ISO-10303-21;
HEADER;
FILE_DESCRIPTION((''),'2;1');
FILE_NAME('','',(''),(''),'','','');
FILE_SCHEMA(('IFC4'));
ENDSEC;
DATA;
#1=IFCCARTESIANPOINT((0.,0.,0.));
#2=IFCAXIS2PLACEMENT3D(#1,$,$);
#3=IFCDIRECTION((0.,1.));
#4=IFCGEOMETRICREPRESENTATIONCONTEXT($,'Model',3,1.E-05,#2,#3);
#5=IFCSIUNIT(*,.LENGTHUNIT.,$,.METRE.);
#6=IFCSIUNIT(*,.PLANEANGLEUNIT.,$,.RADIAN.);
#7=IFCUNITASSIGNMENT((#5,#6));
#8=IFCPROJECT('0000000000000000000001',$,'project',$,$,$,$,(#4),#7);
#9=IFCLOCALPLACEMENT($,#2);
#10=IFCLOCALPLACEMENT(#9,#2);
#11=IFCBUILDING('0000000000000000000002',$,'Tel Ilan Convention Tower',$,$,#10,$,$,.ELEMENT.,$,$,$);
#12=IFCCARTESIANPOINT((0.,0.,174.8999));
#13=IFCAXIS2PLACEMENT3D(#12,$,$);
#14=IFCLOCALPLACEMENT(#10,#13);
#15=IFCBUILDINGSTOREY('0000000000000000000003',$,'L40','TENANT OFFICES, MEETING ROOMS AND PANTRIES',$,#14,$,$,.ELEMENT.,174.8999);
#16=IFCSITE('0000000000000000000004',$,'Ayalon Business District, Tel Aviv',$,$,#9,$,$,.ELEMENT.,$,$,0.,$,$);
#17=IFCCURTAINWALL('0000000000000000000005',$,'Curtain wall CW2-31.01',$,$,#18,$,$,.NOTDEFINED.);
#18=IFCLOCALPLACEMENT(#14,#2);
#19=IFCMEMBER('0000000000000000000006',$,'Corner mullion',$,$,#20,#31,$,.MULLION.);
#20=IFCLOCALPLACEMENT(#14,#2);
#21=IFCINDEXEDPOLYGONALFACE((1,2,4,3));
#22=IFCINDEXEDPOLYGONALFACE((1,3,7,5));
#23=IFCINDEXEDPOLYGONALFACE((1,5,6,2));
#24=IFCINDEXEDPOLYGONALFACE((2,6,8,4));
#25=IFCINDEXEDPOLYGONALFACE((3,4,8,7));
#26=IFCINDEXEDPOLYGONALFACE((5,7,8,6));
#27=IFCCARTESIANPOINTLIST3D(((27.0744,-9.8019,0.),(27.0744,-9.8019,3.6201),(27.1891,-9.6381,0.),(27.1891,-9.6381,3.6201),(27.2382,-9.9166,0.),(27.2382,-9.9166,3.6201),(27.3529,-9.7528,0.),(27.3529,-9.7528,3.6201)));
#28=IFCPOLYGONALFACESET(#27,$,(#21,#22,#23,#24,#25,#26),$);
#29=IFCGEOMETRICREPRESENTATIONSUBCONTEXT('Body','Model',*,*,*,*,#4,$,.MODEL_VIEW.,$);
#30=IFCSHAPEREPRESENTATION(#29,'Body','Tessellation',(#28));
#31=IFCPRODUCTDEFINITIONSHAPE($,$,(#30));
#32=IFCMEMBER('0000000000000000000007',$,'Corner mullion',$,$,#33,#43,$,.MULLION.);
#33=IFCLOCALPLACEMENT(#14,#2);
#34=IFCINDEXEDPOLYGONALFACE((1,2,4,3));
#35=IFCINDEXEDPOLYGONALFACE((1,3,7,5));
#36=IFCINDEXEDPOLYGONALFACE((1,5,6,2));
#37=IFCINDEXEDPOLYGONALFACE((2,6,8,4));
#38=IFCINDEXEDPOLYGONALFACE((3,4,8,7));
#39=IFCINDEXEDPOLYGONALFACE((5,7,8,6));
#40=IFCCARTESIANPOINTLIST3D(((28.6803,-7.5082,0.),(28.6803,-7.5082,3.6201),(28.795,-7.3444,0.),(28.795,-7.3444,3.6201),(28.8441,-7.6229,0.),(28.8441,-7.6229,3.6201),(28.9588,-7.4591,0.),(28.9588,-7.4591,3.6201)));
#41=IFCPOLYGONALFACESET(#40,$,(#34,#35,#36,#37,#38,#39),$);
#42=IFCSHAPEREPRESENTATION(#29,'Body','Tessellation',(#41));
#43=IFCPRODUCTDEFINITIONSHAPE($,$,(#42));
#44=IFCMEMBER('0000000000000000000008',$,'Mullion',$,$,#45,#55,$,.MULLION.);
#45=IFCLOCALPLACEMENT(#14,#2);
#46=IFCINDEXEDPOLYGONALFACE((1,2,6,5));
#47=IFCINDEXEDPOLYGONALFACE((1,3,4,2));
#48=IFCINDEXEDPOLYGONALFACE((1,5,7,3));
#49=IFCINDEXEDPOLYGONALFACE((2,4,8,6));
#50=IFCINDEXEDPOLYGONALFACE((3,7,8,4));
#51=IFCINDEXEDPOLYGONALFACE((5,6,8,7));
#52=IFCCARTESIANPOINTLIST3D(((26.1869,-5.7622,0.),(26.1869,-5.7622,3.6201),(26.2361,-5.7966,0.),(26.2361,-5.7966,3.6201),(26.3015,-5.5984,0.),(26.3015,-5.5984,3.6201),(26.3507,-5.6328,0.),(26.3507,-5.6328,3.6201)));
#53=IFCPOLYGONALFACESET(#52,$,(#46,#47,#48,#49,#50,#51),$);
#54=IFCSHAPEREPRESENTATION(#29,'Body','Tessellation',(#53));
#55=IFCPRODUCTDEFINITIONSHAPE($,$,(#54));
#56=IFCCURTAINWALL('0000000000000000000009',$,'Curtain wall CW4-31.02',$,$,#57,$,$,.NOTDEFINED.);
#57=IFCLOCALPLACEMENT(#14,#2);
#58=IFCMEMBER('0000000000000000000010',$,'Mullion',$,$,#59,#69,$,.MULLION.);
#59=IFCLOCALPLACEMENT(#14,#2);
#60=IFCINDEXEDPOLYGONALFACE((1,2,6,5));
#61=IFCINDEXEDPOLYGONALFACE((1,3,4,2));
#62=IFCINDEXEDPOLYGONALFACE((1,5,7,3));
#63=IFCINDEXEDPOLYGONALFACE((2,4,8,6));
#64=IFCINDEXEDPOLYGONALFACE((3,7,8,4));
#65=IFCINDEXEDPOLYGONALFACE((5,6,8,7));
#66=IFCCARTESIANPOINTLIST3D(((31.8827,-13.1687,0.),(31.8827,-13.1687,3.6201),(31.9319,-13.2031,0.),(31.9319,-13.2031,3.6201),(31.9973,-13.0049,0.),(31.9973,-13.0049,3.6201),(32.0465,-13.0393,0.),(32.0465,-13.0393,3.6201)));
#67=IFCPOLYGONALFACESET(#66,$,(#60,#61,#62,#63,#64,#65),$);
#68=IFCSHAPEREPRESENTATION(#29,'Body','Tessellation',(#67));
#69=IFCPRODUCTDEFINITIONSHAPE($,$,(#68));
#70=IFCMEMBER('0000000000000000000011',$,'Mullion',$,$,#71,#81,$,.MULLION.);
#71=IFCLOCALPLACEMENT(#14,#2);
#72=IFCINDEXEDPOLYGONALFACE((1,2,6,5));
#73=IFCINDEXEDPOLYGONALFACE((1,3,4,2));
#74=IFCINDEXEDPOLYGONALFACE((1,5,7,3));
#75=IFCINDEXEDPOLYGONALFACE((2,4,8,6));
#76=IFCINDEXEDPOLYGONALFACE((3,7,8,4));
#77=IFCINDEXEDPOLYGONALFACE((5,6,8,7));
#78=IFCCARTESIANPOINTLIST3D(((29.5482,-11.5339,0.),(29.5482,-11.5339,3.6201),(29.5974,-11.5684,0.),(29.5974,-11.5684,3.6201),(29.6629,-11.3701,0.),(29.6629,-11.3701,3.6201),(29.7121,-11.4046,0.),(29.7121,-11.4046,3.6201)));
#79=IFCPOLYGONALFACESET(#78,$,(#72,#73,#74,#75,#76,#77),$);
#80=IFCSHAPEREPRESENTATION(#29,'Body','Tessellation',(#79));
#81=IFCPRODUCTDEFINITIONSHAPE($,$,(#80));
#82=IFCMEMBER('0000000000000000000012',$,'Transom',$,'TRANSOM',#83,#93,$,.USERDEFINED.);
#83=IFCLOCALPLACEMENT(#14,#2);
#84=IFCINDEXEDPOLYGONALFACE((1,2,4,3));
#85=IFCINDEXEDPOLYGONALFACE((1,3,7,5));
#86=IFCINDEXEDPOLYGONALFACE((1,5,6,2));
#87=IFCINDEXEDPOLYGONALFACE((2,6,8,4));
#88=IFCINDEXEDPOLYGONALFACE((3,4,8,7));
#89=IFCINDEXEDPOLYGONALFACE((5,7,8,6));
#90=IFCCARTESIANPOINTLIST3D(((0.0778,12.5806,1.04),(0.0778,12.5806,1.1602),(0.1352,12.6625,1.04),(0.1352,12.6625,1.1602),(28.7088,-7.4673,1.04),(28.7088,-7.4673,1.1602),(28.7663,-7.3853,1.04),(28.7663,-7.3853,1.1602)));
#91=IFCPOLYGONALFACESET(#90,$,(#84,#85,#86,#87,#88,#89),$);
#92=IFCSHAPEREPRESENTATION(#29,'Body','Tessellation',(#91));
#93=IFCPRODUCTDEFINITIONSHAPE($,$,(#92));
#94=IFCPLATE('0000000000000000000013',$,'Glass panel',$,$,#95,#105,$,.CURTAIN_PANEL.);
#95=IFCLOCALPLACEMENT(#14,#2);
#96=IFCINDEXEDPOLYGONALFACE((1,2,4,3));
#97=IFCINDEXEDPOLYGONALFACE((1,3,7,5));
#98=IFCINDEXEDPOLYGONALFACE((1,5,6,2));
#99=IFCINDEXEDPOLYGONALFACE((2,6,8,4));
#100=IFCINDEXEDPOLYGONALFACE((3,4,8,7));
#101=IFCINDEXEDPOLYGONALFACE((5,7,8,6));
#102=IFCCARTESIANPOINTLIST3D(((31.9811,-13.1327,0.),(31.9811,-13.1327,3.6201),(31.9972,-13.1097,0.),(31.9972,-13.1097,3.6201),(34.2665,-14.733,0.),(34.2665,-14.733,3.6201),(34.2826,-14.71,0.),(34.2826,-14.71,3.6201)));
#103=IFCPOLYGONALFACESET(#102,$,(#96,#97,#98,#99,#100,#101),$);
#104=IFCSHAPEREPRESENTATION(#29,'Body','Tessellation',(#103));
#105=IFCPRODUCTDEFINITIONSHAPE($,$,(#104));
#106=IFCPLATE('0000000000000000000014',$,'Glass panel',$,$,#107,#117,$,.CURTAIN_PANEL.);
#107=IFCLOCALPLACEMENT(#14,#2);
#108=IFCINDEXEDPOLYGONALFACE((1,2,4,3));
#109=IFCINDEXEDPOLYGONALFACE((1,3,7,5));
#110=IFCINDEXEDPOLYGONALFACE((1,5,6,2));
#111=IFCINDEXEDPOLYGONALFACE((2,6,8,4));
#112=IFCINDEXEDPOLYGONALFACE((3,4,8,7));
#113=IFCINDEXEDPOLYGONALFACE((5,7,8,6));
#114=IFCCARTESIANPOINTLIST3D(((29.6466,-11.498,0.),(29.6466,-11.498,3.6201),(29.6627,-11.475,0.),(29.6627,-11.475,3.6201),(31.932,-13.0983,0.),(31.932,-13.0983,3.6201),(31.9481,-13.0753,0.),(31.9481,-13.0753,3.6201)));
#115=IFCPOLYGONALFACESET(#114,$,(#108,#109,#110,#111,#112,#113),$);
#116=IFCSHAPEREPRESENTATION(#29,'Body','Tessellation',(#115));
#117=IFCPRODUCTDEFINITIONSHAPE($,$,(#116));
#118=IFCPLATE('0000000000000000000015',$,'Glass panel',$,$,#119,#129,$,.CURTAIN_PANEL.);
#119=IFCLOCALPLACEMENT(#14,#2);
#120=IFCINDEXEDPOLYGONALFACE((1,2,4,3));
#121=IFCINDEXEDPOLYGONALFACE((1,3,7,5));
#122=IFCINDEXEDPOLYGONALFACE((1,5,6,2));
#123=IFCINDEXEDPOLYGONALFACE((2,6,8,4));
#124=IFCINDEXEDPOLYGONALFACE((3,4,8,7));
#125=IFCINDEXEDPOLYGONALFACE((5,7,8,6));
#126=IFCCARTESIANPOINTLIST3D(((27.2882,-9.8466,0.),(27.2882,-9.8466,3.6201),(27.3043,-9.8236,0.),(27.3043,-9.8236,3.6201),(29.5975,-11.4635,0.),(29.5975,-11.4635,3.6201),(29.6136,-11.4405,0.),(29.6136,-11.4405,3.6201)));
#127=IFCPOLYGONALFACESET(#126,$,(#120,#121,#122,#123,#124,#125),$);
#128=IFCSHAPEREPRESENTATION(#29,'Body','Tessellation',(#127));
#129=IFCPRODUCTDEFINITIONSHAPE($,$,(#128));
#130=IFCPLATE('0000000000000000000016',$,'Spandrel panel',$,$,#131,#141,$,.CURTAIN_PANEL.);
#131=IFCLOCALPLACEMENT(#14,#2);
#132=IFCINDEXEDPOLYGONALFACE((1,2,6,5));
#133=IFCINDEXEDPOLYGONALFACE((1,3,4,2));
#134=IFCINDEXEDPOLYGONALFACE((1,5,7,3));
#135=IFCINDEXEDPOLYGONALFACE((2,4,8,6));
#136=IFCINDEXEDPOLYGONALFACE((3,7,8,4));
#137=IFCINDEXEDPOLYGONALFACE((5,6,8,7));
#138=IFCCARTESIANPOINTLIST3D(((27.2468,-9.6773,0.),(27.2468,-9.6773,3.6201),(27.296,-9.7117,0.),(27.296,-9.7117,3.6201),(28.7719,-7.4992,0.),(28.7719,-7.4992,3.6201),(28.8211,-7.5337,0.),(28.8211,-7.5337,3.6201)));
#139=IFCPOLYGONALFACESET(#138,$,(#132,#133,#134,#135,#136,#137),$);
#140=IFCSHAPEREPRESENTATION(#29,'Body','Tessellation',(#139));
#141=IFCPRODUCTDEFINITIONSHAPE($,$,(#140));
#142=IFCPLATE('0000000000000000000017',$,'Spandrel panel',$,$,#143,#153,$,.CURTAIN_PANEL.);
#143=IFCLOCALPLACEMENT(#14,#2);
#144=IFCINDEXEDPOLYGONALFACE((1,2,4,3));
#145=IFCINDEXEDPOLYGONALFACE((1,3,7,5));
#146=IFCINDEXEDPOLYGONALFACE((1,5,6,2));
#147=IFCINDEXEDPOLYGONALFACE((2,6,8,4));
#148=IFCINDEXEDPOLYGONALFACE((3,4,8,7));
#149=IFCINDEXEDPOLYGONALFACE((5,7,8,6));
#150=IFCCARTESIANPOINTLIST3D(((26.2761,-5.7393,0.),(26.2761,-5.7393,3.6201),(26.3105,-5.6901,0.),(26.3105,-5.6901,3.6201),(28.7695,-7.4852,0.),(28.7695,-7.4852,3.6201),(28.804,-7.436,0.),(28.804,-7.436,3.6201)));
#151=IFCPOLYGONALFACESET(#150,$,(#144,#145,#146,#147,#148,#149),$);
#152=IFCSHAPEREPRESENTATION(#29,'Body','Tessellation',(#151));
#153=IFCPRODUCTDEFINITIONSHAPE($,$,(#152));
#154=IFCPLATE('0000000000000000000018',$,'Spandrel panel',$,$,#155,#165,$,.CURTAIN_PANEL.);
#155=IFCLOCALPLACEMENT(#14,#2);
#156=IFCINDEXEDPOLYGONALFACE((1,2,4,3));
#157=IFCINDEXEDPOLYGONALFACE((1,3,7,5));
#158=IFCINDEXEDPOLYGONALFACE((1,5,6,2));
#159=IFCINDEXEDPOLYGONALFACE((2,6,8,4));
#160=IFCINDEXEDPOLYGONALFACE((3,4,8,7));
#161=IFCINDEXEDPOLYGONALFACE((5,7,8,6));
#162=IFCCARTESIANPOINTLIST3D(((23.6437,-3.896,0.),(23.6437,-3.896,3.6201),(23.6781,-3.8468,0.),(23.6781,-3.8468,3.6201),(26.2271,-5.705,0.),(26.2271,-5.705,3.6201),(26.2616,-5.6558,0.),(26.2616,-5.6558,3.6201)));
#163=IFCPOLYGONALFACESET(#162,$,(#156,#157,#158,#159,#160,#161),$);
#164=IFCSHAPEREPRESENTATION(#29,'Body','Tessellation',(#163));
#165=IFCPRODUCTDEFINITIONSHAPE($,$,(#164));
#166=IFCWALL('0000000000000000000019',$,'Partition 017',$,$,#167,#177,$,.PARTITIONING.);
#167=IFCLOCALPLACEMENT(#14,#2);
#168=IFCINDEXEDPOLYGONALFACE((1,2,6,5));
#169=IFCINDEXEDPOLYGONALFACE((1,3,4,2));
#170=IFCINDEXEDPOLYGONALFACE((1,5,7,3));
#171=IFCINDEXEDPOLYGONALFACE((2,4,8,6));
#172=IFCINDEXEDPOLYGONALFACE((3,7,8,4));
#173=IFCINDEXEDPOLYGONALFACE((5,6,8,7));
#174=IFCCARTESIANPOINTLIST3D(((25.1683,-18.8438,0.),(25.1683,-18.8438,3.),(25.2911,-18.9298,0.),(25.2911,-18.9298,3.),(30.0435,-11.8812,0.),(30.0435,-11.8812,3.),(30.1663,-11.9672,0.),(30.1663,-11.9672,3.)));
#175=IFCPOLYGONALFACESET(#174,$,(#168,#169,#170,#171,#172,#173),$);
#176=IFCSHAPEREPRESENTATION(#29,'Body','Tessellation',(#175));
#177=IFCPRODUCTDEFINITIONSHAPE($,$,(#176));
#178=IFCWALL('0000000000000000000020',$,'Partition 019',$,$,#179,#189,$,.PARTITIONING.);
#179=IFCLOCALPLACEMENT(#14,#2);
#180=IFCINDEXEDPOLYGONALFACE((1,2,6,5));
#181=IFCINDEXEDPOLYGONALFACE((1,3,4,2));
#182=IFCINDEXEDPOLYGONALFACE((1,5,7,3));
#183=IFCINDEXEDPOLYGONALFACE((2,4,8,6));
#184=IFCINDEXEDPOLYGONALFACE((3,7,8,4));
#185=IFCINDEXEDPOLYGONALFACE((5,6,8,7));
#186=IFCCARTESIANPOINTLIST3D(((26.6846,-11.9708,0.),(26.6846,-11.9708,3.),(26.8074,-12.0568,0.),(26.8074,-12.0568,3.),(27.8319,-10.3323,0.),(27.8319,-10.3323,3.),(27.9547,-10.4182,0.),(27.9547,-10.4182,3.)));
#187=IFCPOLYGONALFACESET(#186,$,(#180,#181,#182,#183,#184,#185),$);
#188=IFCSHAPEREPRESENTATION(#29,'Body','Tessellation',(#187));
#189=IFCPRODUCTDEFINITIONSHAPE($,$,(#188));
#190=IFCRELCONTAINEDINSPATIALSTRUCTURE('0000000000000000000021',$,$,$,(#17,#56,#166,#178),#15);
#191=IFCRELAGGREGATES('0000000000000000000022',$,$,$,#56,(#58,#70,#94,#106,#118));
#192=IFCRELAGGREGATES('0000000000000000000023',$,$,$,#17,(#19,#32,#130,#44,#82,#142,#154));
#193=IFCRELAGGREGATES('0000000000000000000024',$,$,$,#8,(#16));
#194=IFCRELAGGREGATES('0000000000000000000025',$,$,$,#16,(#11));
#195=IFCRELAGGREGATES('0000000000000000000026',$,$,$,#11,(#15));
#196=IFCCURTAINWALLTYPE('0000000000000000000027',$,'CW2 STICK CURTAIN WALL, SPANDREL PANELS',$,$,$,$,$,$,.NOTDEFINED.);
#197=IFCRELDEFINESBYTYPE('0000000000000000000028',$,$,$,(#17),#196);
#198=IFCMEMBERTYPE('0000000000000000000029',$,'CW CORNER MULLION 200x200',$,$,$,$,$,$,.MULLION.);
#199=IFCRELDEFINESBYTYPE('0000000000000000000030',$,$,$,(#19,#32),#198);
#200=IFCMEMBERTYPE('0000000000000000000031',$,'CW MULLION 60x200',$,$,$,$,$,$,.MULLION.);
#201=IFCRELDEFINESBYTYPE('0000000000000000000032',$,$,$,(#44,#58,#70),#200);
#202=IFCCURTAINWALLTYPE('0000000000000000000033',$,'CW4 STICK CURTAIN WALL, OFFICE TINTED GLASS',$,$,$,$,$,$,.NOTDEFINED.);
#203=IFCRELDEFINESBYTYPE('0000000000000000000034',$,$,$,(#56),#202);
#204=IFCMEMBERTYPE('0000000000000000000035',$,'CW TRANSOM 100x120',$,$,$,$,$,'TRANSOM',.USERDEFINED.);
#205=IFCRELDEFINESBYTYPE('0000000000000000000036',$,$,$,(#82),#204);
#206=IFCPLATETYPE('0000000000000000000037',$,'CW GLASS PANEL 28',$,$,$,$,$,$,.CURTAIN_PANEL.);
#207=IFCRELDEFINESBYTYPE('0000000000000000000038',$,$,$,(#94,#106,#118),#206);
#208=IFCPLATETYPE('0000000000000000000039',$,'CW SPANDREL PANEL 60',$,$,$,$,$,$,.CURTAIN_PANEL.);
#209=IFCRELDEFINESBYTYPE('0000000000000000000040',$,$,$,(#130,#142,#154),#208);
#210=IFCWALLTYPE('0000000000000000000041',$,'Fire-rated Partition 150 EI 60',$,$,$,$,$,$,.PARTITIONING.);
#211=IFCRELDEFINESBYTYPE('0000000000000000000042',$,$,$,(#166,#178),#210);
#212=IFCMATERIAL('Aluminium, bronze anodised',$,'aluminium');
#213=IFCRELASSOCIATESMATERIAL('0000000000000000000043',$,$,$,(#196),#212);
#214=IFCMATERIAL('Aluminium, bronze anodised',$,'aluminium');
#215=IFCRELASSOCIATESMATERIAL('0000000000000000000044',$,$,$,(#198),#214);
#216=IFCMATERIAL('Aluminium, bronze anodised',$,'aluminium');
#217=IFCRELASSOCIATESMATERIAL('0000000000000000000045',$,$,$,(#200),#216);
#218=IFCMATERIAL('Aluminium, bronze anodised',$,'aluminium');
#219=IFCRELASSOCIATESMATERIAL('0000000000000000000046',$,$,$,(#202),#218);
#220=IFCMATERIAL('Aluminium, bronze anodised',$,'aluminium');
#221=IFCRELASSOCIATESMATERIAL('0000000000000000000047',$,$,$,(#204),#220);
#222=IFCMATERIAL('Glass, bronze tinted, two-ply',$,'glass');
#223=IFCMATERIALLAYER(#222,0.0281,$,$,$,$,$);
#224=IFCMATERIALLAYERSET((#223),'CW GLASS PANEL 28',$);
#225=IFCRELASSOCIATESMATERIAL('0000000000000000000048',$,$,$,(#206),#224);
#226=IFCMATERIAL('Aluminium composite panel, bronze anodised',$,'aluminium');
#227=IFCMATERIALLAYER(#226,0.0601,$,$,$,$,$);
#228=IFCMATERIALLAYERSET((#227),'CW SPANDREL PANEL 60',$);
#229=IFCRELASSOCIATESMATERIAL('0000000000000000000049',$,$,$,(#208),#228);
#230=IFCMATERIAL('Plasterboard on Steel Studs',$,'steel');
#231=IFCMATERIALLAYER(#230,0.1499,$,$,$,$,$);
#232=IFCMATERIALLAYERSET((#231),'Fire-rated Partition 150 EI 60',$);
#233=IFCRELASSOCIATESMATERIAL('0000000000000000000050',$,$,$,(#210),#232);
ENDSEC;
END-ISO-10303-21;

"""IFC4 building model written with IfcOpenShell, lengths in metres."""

from ifc_helpers import new_model, si_unit, direction, frame, frame_2d, origin, origin_2d, place, context, subcontext, project, spatial, rectangle, extrude, material, layer, layer_set, material_profile, profile_set, type_object, element, aggregate, save


model = new_model("IFC4")

# Units and contexts
model_context = context("Model", 3, precision=1e-05, world=origin(), true_north=direction((0.0, 1.0)))
body_context = subcontext(model_context, "Body", "Model", "MODEL_VIEW")
ifc_project = project(units=[si_unit("LENGTHUNIT", "METRE"), si_unit("PLANEANGLEUNIT", "RADIAN")], contexts=[model_context])

# Site, building, storey
site_placement = place(None, origin())
site = spatial("IfcSite", under=ifc_project, at=site_placement, Name="Ayalon Business District, Tel Aviv", CompositionType="ELEMENT", RefElevation=0.0)
building_placement = place(site_placement, origin())
building = spatial("IfcBuilding", under=site, at=building_placement, Name="Tel Ilan Convention Tower", CompositionType="ELEMENT")
storey_placement = place(building_placement, frame((0.0, 0.0, 174.8999)))
storey = spatial("IfcBuildingStorey", under=building, at=storey_placement, Name="L40", Description="TENANT OFFICES, MEETING ROOMS AND PANTRIES", CompositionType="ELEMENT", Elevation=174.8999)

# Curtain walls, members
ifc_material_1 = material(Name="Aluminium, bronze anodised", Category="aluminium")
curtain_wall_type_1 = type_object("IfcCurtainWallType", Name="CW2 STICK CURTAIN WALL, SPANDREL PANELS", PredefinedType="NOTDEFINED", material=ifc_material_1)
curtain_wall_1_placement = place(storey_placement, origin())
curtain_wall_1 = element("IfcCurtainWall", 1, at=curtain_wall_1_placement, inside=storey, type_object=curtain_wall_type_1, Name="Curtain wall CW2-31.01", PredefinedType="NOTDEFINED")
ifc_material_2 = material(Name="Aluminium, bronze anodised", Category="aluminium")
ifc_material_profile_1 = material_profile(ifc_material_2, rectangle(XDim=0.2, YDim=0.2, at=origin_2d()), Name="CW CORNER MULLION 200x200")
ifc_profile_set_1 = profile_set([ifc_material_profile_1], Name="Aluminium, bronze anodised")
member_type_1 = type_object("IfcMemberType", Name="CW CORNER MULLION 200x200", PredefinedType="MULLION", material=ifc_profile_set_1)
member_1_placement = place(storey_placement, frame((27.2136, -9.7773, 0.0), z_axis=(0.0, 0.0, 1.0), x_axis=(-0.819152, 0.573576, 0.0)))
member_1 = element("IfcMember", 2, at=member_1_placement, type_object=member_type_1, Name="Corner mullion", PredefinedType="MULLION", context=body_context, shape_type="SweptSolid", body=[
    extrude(rectangle(XDim=0.2, YDim=0.2, at=origin_2d()), origin(), (0.0, 0.0, 1.0), 3.6201),
])
member_2_placement = place(storey_placement, frame((28.8196, -7.4836, 0.0), z_axis=(0.0, 0.0, 1.0), x_axis=(0.573576, 0.819152, 0.0)))
member_2 = element("IfcMember", 3, at=member_2_placement, type_object=member_type_1, Name="Corner mullion", PredefinedType="MULLION", context=body_context, shape_type="SweptSolid", body=[
    extrude(rectangle(XDim=0.2, YDim=0.2, at=origin_2d()), origin(), (0.0, 0.0, 1.0), 3.6201),
])
ifc_material_3 = material(Name="Aluminium, bronze anodised", Category="aluminium")
ifc_material_profile_2 = material_profile(ifc_material_3, rectangle(XDim=0.0601, YDim=0.2, at=origin_2d()), Name="CW MULLION 60x200")
ifc_profile_set_2 = profile_set([ifc_material_profile_2], Name="Aluminium, bronze anodised")
member_type_2 = type_object("IfcMemberType", Name="CW MULLION 60x200", PredefinedType="MULLION", material=ifc_profile_set_2)
member_3_placement = place(storey_placement, frame((26.2688, -5.6975, 0.0), z_axis=(0.0, 0.0, 1.0), x_axis=(-0.819152, 0.573576, 0.0)))
member_3 = element("IfcMember", 4, at=member_3_placement, type_object=member_type_2, Name="Mullion", PredefinedType="MULLION", context=body_context, shape_type="SweptSolid", body=[
    extrude(rectangle(XDim=0.0601, YDim=0.2, at=origin_2d()), origin(), (0.0, 0.0, 1.0), 3.6201),
])
ifc_material_4 = material(Name="Aluminium, bronze anodised", Category="aluminium")
curtain_wall_type_2 = type_object("IfcCurtainWallType", Name="CW4 STICK CURTAIN WALL, OFFICE TINTED GLASS", PredefinedType="NOTDEFINED", material=ifc_material_4)
curtain_wall_2_placement = place(storey_placement, origin())
curtain_wall_2 = element("IfcCurtainWall", 5, at=curtain_wall_2_placement, inside=storey, type_object=curtain_wall_type_2, Name="Curtain wall CW4-31.02", PredefinedType="NOTDEFINED")
member_4_placement = place(storey_placement, frame((31.9646, -13.104, 0.0), z_axis=(0.0, 0.0, 1.0), x_axis=(-0.819152, 0.573576, 0.0)))
member_4 = element("IfcMember", 6, at=member_4_placement, type_object=member_type_2, Name="Mullion", PredefinedType="MULLION", context=body_context, shape_type="SweptSolid", body=[
    extrude(rectangle(XDim=0.0601, YDim=0.2, at=origin_2d()), origin(), (0.0, 0.0, 1.0), 3.6201),
])
member_5_placement = place(storey_placement, frame((29.6301, -11.4692, 0.0), z_axis=(0.0, 0.0, 1.0), x_axis=(-0.819152, 0.573576, 0.0)))
member_5 = element("IfcMember", 7, at=member_5_placement, type_object=member_type_2, Name="Mullion", PredefinedType="MULLION", context=body_context, shape_type="SweptSolid", body=[
    extrude(rectangle(XDim=0.0601, YDim=0.2, at=origin_2d()), origin(), (0.0, 0.0, 1.0), 3.6201),
])

# Member
ifc_material_5 = material(Name="Aluminium, bronze anodised", Category="aluminium")
ifc_material_profile_3 = material_profile(ifc_material_5, rectangle(XDim=0.1001, YDim=0.1201, at=origin_2d()), Name="CW TRANSOM 100x120")
ifc_profile_set_3 = profile_set([ifc_material_profile_3], Name="Aluminium, bronze anodised")
member_type_3 = type_object("IfcMemberType", Name="CW TRANSOM 100x120", ElementType="TRANSOM", PredefinedType="USERDEFINED", material=ifc_profile_set_3)
member_6_placement = place(storey_placement, frame((28.7375, -7.4263, 1.1001), z_axis=(-0.81915, 0.573579, 0.0), x_axis=(-0.573579, -0.81915, 0.0)))
member_6 = element("IfcMember", 8, at=member_6_placement, type_object=member_type_3, Name="Transom", ObjectType="TRANSOM", PredefinedType="USERDEFINED", context=body_context, shape_type="SweptSolid", body=[
    extrude(rectangle(XDim=0.1001, YDim=0.1201, at=origin_2d()), origin(), (0.0, 0.0, 1.0), 34.9521),
])

# Plates
ifc_material_6 = material(Name="Glass, bronze tinted, two-ply", Category="glass")
ifc_layer_1 = layer(ifc_material_6, 0.0281)
ifc_layer_set_1 = layer_set([ifc_layer_1], Name="CW GLASS PANEL 28")
plate_type_1 = type_object("IfcPlateType", Name="CW GLASS PANEL 28", PredefinedType="CURTAIN_PANEL", material=ifc_layer_set_1)
plate_1_placement = place(storey_placement, frame((33.1318, -13.9214, 0.0), z_axis=(0.0, 0.0, 1.0), x_axis=(-0.819152, 0.573576, 0.0)))
plate_1 = element("IfcPlate", 9, at=plate_1_placement, type_object=plate_type_1, Name="Glass panel", PredefinedType="CURTAIN_PANEL", context=body_context, shape_type="SweptSolid", body=[
    extrude(rectangle(XDim=2.79, YDim=0.0281, at=origin_2d()), origin(), (0.0, 0.0, 1.0), 3.6201),
])
plate_2_placement = place(storey_placement, frame((30.7974, -12.2866, 0.0), z_axis=(0.0, 0.0, 1.0), x_axis=(-0.819152, 0.573576, 0.0)))
plate_2 = element("IfcPlate", 10, at=plate_2_placement, type_object=plate_type_1, Name="Glass panel", PredefinedType="CURTAIN_PANEL", context=body_context, shape_type="SweptSolid", body=[
    extrude(rectangle(XDim=2.79, YDim=0.0281, at=origin_2d()), origin(), (0.0, 0.0, 1.0), 3.6201),
])
plate_3_placement = place(storey_placement, frame((28.4509, -10.6436, 0.0), z_axis=(0.0, 0.0, 1.0), x_axis=(-0.819152, 0.573576, 0.0)))
plate_3 = element("IfcPlate", 11, at=plate_3_placement, type_object=plate_type_1, Name="Glass panel", PredefinedType="CURTAIN_PANEL", context=body_context, shape_type="SweptSolid", body=[
    extrude(rectangle(XDim=2.8191, YDim=0.0281, at=origin_2d()), origin(), (0.0, 0.0, 1.0), 3.6201),
])
aggregate(curtain_wall_2, [member_4, member_5, plate_1, plate_2, plate_3])
ifc_material_7 = material(Name="Aluminium composite panel, bronze anodised", Category="aluminium")
ifc_layer_2 = layer(ifc_material_7, 0.0601)
ifc_layer_set_2 = layer_set([ifc_layer_2], Name="CW SPANDREL PANEL 60")
plate_type_2 = type_object("IfcPlateType", Name="CW SPANDREL PANEL 60", PredefinedType="CURTAIN_PANEL", material=ifc_layer_set_2)
plate_4_placement = place(storey_placement, frame((28.0339, -8.6055, 0.0), z_axis=(0.0, 0.0, 1.0), x_axis=(0.573576, 0.819152, 0.0)))
plate_4 = element("IfcPlate", 12, at=plate_4_placement, type_object=plate_type_2, Name="Spandrel panel", PredefinedType="CURTAIN_PANEL", context=body_context, shape_type="SweptSolid", body=[
    extrude(rectangle(XDim=2.6589, YDim=0.0601, at=origin_2d()), origin(), (0.0, 0.0, 1.0), 3.6201),
])
plate_5_placement = place(storey_placement, frame((27.54, -6.5876, 0.0), z_axis=(0.0, 0.0, 1.0), x_axis=(-0.819152, 0.573576, 0.0)))
plate_5 = element("IfcPlate", 13, at=plate_5_placement, type_object=plate_type_2, Name="Spandrel panel", PredefinedType="CURTAIN_PANEL", context=body_context, shape_type="SweptSolid", body=[
    extrude(rectangle(XDim=3.0439, YDim=0.0601, at=origin_2d()), origin(), (0.0, 0.0, 1.0), 3.6201),
])
plate_6_placement = place(storey_placement, frame((24.9526, -4.7759, 0.0), z_axis=(0.0, 0.0, 1.0), x_axis=(-0.819152, 0.573576, 0.0)))
plate_6 = element("IfcPlate", 14, at=plate_6_placement, type_object=plate_type_2, Name="Spandrel panel", PredefinedType="CURTAIN_PANEL", context=body_context, shape_type="SweptSolid", body=[
    extrude(rectangle(XDim=3.1538, YDim=0.0601, at=origin_2d()), origin(), (0.0, 0.0, 1.0), 3.6201),
])
aggregate(curtain_wall_1, [member_1, member_2, plate_4, member_3, member_6, plate_5, plate_6])

# Walls
ifc_material_8 = material(Name="Plasterboard on Steel Studs", Category="steel")
ifc_layer_3 = layer(ifc_material_8, 0.1499)
ifc_layer_set_3 = layer_set([ifc_layer_3], Name="Fire-rated Partition 150 EI 60")
wall_type_1 = type_object("IfcWallType", Name="Fire-rated Partition 150 EI 60", PredefinedType="PARTITIONING", material=ifc_layer_set_3)
wall_1_placement = place(storey_placement, frame((30.105, -11.9241, 0.0), z_axis=(0.0, 0.0, 1.0), x_axis=(-0.573572, -0.819155, 0.0)))
element("IfcWall", 15, at=wall_1_placement, inside=storey, type_object=wall_type_1, Name="Partition 017", PredefinedType="PARTITIONING", context=body_context, shape_type="SweptSolid", body=[
    extrude(rectangle(XDim=8.4998, YDim=0.1499, at=frame_2d((4.25, 0.0))), origin(), (0.0, 0.0, 1.0), 3.0),
])
wall_2_placement = place(storey_placement, frame((26.7461, -12.0137, 0.0), z_axis=(0.0, 0.0, 1.0), x_axis=(0.573569, 0.819157, 0.0)))
element("IfcWall", 16, at=wall_2_placement, inside=storey, type_object=wall_type_1, Name="Partition 019", PredefinedType="PARTITIONING", context=body_context, shape_type="SweptSolid", body=[
    extrude(rectangle(XDim=2.0002, YDim=0.1499, at=frame_2d((1.0, 0.0))), origin(), (0.0, 0.0, 1.0), 3.0),
])

save(model, "model.ifc")
